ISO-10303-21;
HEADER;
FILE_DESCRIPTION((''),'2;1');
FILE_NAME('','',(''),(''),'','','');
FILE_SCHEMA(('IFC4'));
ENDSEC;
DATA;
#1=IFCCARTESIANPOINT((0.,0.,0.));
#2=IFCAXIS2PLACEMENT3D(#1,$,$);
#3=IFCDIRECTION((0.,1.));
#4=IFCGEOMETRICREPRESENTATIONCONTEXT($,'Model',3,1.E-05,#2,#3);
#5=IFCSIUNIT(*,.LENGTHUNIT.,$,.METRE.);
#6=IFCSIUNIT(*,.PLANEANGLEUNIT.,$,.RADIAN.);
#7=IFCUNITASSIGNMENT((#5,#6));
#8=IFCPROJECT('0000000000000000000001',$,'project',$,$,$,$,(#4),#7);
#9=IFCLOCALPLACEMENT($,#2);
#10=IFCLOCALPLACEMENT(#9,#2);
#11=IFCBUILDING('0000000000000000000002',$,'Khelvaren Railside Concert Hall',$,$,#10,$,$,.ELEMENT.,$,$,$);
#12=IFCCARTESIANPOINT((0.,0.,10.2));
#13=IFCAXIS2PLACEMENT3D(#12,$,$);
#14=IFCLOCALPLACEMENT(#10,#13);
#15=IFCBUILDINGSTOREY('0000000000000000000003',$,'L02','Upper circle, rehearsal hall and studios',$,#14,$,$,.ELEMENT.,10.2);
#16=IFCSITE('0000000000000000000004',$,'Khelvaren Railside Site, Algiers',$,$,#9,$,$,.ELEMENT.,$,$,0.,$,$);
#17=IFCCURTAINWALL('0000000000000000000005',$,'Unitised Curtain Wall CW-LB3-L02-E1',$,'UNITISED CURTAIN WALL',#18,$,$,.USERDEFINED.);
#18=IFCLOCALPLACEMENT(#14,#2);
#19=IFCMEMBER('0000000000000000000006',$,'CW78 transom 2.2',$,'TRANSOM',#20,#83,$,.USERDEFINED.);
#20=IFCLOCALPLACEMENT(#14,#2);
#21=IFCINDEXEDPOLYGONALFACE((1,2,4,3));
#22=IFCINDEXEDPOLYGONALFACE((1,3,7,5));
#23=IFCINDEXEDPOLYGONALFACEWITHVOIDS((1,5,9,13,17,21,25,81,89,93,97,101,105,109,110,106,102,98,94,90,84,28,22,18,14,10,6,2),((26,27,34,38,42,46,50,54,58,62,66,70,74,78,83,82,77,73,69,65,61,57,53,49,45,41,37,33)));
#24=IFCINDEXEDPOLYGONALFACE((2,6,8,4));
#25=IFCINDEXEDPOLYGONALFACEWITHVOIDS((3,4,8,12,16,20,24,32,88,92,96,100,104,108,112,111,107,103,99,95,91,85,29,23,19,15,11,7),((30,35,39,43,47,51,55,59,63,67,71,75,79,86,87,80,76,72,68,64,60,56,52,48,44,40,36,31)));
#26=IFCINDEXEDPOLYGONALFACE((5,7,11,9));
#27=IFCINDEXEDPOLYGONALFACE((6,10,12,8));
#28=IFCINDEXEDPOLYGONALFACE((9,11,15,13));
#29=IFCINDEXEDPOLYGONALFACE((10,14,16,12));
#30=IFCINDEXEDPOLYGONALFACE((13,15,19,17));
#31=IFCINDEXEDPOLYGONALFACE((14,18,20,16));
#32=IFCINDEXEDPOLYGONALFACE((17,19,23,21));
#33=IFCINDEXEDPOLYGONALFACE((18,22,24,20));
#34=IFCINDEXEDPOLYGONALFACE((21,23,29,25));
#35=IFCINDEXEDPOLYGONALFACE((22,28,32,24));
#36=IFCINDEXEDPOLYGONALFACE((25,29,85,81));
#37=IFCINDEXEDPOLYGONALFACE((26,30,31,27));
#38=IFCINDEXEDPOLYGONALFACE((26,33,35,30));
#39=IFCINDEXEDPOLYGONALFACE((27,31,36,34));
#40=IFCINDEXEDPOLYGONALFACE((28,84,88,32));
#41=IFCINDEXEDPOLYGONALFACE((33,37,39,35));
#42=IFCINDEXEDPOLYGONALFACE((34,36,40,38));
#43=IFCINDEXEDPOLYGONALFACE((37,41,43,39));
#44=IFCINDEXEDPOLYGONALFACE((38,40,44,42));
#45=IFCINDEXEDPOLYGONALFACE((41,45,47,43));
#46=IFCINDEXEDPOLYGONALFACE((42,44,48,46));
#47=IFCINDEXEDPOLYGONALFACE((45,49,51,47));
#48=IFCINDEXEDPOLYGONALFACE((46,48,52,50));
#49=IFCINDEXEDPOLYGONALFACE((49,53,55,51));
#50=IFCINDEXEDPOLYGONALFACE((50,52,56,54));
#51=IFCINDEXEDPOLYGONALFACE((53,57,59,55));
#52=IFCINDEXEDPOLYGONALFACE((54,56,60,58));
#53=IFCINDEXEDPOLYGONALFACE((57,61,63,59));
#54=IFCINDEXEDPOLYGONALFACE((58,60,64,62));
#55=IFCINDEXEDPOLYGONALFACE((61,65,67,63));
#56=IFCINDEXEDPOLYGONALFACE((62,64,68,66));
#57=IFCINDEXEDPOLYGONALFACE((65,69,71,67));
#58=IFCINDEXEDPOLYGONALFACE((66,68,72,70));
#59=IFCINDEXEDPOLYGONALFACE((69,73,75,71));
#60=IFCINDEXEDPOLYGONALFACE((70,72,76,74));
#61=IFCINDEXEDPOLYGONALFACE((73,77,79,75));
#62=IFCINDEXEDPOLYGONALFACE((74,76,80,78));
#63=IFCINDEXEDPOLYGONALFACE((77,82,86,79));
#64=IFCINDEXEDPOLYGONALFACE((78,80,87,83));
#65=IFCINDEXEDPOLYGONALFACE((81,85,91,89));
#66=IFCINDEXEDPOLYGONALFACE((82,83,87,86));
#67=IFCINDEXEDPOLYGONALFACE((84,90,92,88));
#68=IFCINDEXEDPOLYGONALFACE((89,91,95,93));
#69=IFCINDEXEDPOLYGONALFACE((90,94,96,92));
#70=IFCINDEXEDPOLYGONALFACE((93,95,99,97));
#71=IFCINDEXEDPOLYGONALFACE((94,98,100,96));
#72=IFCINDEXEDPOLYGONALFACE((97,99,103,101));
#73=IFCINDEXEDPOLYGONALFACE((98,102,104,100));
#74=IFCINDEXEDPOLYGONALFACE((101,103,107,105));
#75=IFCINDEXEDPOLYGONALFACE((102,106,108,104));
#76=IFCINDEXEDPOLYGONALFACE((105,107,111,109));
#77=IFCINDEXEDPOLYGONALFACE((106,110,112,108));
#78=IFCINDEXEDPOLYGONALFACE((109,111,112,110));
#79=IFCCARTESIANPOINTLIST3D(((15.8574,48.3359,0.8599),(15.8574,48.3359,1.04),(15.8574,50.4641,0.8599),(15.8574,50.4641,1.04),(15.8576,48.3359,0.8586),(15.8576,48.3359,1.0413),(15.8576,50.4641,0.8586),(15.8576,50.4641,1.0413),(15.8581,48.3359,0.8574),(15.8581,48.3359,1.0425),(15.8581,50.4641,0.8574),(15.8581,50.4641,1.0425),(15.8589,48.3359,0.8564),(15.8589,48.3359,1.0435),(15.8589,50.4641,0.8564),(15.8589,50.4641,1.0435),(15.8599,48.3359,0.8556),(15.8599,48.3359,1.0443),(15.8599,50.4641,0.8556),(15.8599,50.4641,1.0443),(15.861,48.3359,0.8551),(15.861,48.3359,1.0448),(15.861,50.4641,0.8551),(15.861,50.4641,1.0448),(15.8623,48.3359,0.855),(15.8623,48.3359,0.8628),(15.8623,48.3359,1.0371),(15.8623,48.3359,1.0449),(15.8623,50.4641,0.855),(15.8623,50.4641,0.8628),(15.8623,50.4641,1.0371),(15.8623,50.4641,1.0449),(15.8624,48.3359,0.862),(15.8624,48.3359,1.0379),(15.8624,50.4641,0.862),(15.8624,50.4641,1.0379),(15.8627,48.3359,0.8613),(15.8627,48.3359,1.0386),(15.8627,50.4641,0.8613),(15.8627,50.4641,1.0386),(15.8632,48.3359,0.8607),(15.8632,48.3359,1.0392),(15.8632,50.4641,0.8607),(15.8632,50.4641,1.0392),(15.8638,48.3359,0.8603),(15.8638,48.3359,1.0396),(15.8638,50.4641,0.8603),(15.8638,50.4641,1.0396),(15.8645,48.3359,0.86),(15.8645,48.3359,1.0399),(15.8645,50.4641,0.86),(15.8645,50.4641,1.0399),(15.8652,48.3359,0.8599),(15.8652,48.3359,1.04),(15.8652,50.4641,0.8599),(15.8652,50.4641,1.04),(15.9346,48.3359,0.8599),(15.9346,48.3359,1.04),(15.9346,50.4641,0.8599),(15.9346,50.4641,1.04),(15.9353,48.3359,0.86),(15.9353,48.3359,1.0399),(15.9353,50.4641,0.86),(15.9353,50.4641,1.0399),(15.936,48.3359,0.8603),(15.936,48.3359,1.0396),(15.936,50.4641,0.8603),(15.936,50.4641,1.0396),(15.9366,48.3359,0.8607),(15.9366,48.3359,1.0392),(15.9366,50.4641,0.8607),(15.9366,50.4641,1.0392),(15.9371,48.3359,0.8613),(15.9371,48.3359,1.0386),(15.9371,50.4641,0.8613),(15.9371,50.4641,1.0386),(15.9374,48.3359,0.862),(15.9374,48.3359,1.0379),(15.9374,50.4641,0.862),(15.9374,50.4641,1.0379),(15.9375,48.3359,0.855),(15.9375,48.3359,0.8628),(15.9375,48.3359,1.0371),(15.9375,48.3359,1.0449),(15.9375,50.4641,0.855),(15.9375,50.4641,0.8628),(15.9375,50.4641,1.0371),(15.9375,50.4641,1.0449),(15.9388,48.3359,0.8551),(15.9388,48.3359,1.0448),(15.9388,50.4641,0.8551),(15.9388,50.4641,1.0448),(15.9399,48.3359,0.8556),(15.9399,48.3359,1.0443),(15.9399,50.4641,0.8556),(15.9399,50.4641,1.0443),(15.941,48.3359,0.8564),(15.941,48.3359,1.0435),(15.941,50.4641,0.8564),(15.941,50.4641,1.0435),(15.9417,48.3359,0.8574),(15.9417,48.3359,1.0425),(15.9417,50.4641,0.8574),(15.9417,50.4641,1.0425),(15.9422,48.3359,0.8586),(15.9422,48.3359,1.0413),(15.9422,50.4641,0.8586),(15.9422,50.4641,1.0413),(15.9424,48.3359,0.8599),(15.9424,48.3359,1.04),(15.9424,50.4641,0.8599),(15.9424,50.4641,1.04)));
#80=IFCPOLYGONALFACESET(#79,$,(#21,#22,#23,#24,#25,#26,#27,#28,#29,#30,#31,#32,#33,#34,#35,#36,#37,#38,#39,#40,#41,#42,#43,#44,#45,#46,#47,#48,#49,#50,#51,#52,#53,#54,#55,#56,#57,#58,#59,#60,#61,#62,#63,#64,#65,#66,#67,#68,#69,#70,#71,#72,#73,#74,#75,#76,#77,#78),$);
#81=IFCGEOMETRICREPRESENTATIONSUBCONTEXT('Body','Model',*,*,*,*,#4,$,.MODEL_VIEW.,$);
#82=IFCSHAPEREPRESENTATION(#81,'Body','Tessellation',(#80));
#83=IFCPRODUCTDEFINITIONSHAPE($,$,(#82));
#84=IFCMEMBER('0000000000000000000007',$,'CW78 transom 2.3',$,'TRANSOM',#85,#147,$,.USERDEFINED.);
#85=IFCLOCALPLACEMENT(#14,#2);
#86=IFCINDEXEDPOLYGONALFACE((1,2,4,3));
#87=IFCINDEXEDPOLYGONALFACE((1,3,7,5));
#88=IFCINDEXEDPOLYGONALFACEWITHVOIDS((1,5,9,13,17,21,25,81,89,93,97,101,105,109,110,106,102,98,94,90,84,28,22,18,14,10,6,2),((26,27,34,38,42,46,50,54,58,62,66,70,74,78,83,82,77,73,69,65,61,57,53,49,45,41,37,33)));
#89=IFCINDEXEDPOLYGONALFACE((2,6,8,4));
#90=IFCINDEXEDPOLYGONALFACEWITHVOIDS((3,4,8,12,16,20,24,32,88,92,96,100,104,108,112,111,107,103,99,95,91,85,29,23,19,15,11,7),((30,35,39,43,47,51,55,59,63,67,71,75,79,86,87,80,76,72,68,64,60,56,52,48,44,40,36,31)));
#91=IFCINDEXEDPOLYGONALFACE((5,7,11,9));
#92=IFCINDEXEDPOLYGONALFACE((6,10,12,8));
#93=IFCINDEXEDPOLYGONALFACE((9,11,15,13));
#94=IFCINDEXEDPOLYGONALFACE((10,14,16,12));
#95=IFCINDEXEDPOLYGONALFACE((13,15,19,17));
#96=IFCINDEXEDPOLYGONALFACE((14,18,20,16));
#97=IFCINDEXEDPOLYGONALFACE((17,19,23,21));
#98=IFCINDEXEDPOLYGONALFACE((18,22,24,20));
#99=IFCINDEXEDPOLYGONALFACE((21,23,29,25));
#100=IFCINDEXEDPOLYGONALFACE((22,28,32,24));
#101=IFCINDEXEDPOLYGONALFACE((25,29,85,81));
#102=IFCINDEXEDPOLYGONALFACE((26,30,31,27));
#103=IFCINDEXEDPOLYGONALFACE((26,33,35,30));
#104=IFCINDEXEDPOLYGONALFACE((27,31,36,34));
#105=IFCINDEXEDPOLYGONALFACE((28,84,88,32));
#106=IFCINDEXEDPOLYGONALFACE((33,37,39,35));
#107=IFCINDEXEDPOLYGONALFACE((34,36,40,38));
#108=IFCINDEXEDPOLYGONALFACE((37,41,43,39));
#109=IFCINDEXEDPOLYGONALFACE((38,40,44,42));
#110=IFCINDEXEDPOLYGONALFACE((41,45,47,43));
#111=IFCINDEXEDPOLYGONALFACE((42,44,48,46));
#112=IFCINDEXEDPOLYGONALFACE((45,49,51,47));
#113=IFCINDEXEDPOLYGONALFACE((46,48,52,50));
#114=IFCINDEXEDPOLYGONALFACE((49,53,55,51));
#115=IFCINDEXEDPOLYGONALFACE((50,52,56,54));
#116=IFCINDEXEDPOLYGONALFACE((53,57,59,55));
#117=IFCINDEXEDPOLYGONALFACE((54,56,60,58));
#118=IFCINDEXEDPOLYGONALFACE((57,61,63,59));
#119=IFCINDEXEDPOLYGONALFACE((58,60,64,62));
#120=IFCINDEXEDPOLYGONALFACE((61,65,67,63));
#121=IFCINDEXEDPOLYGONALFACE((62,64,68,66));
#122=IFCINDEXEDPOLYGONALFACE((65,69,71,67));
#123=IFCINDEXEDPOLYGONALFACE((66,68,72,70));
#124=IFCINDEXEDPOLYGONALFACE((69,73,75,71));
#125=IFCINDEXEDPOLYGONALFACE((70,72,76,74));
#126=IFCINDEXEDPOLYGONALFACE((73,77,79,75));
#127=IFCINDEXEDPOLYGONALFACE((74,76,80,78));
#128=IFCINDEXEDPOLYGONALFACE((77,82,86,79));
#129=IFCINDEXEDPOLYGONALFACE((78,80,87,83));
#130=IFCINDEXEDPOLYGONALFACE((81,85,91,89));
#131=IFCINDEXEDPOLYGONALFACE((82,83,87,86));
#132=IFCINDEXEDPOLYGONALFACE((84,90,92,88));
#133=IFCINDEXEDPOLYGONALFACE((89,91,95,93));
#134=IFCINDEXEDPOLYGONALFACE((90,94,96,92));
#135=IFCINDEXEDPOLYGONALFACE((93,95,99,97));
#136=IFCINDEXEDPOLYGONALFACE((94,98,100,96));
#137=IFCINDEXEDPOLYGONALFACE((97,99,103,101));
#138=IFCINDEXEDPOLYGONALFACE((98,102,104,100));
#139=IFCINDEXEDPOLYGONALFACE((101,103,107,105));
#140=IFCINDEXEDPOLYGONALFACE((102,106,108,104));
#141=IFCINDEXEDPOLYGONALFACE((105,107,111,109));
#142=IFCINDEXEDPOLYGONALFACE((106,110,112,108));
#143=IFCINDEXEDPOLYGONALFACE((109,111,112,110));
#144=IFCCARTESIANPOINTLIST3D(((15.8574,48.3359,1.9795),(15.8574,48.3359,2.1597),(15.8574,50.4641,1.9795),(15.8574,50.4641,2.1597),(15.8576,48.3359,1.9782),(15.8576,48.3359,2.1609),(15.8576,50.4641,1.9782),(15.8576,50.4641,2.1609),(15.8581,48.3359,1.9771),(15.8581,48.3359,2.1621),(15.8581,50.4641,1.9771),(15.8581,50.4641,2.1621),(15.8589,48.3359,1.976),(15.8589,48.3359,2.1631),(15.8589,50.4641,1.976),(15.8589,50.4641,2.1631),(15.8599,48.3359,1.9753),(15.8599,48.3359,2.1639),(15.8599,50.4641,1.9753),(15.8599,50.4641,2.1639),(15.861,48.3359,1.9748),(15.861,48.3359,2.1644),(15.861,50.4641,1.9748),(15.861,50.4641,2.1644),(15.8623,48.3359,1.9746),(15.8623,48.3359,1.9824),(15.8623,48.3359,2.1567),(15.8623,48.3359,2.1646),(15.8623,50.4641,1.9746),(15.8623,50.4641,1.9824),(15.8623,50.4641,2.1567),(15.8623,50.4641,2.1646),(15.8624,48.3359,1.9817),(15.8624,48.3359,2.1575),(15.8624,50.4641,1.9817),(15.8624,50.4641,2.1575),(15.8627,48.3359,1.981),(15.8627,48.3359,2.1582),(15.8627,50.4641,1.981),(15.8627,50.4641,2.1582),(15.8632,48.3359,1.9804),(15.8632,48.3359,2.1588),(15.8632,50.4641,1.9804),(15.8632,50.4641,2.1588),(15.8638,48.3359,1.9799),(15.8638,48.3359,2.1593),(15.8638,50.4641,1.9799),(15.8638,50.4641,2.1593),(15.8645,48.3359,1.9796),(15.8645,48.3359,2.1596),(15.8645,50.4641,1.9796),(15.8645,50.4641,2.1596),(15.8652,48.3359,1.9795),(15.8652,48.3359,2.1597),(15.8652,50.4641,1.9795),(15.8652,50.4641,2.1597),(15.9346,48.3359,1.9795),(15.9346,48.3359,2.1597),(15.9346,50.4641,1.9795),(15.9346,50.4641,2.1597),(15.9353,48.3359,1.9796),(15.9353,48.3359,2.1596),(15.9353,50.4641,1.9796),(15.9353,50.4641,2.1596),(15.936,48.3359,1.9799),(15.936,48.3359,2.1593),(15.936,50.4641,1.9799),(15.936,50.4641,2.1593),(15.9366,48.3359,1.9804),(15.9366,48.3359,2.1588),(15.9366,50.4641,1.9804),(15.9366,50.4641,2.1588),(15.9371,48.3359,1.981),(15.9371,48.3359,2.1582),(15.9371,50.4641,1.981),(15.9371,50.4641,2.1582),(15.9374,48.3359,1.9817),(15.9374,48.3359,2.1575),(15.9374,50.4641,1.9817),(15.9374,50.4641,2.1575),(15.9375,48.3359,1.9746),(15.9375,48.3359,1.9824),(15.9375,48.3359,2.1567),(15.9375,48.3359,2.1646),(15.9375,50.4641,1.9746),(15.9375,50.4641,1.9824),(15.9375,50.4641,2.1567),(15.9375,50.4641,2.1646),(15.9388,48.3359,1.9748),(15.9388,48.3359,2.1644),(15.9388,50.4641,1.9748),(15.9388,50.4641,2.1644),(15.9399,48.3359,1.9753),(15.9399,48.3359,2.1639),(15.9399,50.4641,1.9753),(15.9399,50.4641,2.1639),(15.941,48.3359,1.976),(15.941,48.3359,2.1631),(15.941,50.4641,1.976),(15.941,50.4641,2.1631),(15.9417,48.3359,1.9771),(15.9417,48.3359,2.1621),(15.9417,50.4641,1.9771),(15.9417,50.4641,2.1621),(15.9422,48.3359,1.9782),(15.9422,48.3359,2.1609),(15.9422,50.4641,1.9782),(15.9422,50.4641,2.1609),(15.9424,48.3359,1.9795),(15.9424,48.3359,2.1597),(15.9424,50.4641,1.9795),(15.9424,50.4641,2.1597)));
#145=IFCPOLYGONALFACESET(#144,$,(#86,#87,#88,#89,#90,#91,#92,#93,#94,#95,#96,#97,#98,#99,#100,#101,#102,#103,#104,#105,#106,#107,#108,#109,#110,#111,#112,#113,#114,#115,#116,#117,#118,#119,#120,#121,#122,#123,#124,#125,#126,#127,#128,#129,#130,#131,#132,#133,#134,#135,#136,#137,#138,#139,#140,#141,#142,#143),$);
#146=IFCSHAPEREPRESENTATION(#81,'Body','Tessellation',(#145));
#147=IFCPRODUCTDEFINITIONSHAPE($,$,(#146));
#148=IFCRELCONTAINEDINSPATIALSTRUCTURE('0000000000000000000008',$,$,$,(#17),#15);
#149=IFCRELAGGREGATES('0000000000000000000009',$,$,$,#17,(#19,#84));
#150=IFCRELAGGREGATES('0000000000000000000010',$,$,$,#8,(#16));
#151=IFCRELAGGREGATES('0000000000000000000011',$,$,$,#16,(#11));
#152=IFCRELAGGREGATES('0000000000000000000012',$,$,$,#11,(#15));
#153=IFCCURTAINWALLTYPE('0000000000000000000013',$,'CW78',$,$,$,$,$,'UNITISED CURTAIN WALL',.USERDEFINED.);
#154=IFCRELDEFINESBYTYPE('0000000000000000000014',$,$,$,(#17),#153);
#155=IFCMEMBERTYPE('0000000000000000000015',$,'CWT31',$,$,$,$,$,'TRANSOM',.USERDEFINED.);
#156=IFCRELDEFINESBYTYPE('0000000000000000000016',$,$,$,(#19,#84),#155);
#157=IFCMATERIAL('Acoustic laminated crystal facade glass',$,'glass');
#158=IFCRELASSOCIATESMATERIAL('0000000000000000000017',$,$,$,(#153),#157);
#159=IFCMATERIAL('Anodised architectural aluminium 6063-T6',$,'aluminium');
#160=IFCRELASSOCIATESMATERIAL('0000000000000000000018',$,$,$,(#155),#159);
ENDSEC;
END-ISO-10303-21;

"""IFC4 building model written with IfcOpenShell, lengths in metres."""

from ifc_helpers import new_model, si_unit, direction, frame, origin, origin_2d, place, context, subcontext, project, spatial, hollow_rectangle, extrude, material, material_profile, profile_set, type_object, element, aggregate, save


model = new_model("IFC4")

# Units and contexts
model_context = context("Model", 3, precision=1e-05, world=origin(), true_north=direction((0.0, 1.0)))
body_context = subcontext(model_context, "Body", "Model", "MODEL_VIEW")
ifc_project = project(units=[si_unit("LENGTHUNIT", "METRE"), si_unit("PLANEANGLEUNIT", "RADIAN")], contexts=[model_context])

# Site, building, storey
site_placement = place(None, origin())
site = spatial("IfcSite", under=ifc_project, at=site_placement, Name="Khelvaren Railside Site, Algiers", CompositionType="ELEMENT", RefElevation=0.0)
building_placement = place(site_placement, origin())
building = spatial("IfcBuilding", under=site, at=building_placement, Name="Khelvaren Railside Concert Hall", CompositionType="ELEMENT")
storey_placement = place(building_placement, frame((0.0, 0.0, 10.2)))
storey = spatial("IfcBuildingStorey", under=building, at=storey_placement, Name="L02", Description="Upper circle, rehearsal hall and studios", CompositionType="ELEMENT", Elevation=10.2)

# Curtain wall
ifc_material_1 = material(Name="Acoustic laminated crystal facade glass", Category="glass")
curtain_wall_type = type_object("IfcCurtainWallType", Name="CW78", ElementType="UNITISED CURTAIN WALL", PredefinedType="USERDEFINED", material=ifc_material_1)
curtain_wall_1_placement = place(storey_placement, origin())
curtain_wall_1 = element("IfcCurtainWall", 1, at=curtain_wall_1_placement, inside=storey, type_object=curtain_wall_type, Name="Unitised Curtain Wall CW-LB3-L02-E1", ObjectType="UNITISED CURTAIN WALL", PredefinedType="USERDEFINED")
ifc_material_2 = material(Name="Anodised architectural aluminium 6063-T6", Category="aluminium")

# Members
ifc_material_profile_1 = material_profile(ifc_material_2, hollow_rectangle(XDim=0.085, YDim=0.1899, WallThickness=0.0049, InnerFilletRadius=0.0029, OuterFilletRadius=0.0049, at=origin_2d()), Name="CWT 85x190x5")
ifc_profile_set_1 = profile_set([ifc_material_profile_1], Name="Anodised architectural aluminium 6063-T6")
member_type_1 = type_object("IfcMemberType", Name="CWT31", ElementType="TRANSOM", PredefinedType="USERDEFINED", material=ifc_profile_set_1)
member_1_placement = place(storey_placement, frame((15.8999, 50.4641, 0.95), z_axis=(0.0, -1.0, 0.0), x_axis=(1.0, 0.0, 0.0)))
member_1 = element("IfcMember", 2, at=member_1_placement, type_object=member_type_1, Name="CW78 transom 2.2", ObjectType="TRANSOM", PredefinedType="USERDEFINED", context=body_context, shape_type="SweptSolid", body=[
    extrude(hollow_rectangle(XDim=0.085, YDim=0.1899, WallThickness=0.0049, InnerFilletRadius=0.0029, OuterFilletRadius=0.0049, at=origin_2d()), origin(), (0.0, 0.0, 1.0), 2.1282),
])
member_2_placement = place(storey_placement, frame((15.8999, 50.4641, 2.0696), z_axis=(0.0, -1.0, 0.0), x_axis=(1.0, 0.0, 0.0)))
member_2 = element("IfcMember", 3, at=member_2_placement, type_object=member_type_1, Name="CW78 transom 2.3", ObjectType="TRANSOM", PredefinedType="USERDEFINED", context=body_context, shape_type="SweptSolid", body=[
    extrude(hollow_rectangle(XDim=0.085, YDim=0.1899, WallThickness=0.0049, InnerFilletRadius=0.0029, OuterFilletRadius=0.0049, at=origin_2d()), origin(), (0.0, 0.0, 1.0), 2.1282),
])

aggregate(curtain_wall_1, [member_1, member_2])

save(model, "model.ifc")
